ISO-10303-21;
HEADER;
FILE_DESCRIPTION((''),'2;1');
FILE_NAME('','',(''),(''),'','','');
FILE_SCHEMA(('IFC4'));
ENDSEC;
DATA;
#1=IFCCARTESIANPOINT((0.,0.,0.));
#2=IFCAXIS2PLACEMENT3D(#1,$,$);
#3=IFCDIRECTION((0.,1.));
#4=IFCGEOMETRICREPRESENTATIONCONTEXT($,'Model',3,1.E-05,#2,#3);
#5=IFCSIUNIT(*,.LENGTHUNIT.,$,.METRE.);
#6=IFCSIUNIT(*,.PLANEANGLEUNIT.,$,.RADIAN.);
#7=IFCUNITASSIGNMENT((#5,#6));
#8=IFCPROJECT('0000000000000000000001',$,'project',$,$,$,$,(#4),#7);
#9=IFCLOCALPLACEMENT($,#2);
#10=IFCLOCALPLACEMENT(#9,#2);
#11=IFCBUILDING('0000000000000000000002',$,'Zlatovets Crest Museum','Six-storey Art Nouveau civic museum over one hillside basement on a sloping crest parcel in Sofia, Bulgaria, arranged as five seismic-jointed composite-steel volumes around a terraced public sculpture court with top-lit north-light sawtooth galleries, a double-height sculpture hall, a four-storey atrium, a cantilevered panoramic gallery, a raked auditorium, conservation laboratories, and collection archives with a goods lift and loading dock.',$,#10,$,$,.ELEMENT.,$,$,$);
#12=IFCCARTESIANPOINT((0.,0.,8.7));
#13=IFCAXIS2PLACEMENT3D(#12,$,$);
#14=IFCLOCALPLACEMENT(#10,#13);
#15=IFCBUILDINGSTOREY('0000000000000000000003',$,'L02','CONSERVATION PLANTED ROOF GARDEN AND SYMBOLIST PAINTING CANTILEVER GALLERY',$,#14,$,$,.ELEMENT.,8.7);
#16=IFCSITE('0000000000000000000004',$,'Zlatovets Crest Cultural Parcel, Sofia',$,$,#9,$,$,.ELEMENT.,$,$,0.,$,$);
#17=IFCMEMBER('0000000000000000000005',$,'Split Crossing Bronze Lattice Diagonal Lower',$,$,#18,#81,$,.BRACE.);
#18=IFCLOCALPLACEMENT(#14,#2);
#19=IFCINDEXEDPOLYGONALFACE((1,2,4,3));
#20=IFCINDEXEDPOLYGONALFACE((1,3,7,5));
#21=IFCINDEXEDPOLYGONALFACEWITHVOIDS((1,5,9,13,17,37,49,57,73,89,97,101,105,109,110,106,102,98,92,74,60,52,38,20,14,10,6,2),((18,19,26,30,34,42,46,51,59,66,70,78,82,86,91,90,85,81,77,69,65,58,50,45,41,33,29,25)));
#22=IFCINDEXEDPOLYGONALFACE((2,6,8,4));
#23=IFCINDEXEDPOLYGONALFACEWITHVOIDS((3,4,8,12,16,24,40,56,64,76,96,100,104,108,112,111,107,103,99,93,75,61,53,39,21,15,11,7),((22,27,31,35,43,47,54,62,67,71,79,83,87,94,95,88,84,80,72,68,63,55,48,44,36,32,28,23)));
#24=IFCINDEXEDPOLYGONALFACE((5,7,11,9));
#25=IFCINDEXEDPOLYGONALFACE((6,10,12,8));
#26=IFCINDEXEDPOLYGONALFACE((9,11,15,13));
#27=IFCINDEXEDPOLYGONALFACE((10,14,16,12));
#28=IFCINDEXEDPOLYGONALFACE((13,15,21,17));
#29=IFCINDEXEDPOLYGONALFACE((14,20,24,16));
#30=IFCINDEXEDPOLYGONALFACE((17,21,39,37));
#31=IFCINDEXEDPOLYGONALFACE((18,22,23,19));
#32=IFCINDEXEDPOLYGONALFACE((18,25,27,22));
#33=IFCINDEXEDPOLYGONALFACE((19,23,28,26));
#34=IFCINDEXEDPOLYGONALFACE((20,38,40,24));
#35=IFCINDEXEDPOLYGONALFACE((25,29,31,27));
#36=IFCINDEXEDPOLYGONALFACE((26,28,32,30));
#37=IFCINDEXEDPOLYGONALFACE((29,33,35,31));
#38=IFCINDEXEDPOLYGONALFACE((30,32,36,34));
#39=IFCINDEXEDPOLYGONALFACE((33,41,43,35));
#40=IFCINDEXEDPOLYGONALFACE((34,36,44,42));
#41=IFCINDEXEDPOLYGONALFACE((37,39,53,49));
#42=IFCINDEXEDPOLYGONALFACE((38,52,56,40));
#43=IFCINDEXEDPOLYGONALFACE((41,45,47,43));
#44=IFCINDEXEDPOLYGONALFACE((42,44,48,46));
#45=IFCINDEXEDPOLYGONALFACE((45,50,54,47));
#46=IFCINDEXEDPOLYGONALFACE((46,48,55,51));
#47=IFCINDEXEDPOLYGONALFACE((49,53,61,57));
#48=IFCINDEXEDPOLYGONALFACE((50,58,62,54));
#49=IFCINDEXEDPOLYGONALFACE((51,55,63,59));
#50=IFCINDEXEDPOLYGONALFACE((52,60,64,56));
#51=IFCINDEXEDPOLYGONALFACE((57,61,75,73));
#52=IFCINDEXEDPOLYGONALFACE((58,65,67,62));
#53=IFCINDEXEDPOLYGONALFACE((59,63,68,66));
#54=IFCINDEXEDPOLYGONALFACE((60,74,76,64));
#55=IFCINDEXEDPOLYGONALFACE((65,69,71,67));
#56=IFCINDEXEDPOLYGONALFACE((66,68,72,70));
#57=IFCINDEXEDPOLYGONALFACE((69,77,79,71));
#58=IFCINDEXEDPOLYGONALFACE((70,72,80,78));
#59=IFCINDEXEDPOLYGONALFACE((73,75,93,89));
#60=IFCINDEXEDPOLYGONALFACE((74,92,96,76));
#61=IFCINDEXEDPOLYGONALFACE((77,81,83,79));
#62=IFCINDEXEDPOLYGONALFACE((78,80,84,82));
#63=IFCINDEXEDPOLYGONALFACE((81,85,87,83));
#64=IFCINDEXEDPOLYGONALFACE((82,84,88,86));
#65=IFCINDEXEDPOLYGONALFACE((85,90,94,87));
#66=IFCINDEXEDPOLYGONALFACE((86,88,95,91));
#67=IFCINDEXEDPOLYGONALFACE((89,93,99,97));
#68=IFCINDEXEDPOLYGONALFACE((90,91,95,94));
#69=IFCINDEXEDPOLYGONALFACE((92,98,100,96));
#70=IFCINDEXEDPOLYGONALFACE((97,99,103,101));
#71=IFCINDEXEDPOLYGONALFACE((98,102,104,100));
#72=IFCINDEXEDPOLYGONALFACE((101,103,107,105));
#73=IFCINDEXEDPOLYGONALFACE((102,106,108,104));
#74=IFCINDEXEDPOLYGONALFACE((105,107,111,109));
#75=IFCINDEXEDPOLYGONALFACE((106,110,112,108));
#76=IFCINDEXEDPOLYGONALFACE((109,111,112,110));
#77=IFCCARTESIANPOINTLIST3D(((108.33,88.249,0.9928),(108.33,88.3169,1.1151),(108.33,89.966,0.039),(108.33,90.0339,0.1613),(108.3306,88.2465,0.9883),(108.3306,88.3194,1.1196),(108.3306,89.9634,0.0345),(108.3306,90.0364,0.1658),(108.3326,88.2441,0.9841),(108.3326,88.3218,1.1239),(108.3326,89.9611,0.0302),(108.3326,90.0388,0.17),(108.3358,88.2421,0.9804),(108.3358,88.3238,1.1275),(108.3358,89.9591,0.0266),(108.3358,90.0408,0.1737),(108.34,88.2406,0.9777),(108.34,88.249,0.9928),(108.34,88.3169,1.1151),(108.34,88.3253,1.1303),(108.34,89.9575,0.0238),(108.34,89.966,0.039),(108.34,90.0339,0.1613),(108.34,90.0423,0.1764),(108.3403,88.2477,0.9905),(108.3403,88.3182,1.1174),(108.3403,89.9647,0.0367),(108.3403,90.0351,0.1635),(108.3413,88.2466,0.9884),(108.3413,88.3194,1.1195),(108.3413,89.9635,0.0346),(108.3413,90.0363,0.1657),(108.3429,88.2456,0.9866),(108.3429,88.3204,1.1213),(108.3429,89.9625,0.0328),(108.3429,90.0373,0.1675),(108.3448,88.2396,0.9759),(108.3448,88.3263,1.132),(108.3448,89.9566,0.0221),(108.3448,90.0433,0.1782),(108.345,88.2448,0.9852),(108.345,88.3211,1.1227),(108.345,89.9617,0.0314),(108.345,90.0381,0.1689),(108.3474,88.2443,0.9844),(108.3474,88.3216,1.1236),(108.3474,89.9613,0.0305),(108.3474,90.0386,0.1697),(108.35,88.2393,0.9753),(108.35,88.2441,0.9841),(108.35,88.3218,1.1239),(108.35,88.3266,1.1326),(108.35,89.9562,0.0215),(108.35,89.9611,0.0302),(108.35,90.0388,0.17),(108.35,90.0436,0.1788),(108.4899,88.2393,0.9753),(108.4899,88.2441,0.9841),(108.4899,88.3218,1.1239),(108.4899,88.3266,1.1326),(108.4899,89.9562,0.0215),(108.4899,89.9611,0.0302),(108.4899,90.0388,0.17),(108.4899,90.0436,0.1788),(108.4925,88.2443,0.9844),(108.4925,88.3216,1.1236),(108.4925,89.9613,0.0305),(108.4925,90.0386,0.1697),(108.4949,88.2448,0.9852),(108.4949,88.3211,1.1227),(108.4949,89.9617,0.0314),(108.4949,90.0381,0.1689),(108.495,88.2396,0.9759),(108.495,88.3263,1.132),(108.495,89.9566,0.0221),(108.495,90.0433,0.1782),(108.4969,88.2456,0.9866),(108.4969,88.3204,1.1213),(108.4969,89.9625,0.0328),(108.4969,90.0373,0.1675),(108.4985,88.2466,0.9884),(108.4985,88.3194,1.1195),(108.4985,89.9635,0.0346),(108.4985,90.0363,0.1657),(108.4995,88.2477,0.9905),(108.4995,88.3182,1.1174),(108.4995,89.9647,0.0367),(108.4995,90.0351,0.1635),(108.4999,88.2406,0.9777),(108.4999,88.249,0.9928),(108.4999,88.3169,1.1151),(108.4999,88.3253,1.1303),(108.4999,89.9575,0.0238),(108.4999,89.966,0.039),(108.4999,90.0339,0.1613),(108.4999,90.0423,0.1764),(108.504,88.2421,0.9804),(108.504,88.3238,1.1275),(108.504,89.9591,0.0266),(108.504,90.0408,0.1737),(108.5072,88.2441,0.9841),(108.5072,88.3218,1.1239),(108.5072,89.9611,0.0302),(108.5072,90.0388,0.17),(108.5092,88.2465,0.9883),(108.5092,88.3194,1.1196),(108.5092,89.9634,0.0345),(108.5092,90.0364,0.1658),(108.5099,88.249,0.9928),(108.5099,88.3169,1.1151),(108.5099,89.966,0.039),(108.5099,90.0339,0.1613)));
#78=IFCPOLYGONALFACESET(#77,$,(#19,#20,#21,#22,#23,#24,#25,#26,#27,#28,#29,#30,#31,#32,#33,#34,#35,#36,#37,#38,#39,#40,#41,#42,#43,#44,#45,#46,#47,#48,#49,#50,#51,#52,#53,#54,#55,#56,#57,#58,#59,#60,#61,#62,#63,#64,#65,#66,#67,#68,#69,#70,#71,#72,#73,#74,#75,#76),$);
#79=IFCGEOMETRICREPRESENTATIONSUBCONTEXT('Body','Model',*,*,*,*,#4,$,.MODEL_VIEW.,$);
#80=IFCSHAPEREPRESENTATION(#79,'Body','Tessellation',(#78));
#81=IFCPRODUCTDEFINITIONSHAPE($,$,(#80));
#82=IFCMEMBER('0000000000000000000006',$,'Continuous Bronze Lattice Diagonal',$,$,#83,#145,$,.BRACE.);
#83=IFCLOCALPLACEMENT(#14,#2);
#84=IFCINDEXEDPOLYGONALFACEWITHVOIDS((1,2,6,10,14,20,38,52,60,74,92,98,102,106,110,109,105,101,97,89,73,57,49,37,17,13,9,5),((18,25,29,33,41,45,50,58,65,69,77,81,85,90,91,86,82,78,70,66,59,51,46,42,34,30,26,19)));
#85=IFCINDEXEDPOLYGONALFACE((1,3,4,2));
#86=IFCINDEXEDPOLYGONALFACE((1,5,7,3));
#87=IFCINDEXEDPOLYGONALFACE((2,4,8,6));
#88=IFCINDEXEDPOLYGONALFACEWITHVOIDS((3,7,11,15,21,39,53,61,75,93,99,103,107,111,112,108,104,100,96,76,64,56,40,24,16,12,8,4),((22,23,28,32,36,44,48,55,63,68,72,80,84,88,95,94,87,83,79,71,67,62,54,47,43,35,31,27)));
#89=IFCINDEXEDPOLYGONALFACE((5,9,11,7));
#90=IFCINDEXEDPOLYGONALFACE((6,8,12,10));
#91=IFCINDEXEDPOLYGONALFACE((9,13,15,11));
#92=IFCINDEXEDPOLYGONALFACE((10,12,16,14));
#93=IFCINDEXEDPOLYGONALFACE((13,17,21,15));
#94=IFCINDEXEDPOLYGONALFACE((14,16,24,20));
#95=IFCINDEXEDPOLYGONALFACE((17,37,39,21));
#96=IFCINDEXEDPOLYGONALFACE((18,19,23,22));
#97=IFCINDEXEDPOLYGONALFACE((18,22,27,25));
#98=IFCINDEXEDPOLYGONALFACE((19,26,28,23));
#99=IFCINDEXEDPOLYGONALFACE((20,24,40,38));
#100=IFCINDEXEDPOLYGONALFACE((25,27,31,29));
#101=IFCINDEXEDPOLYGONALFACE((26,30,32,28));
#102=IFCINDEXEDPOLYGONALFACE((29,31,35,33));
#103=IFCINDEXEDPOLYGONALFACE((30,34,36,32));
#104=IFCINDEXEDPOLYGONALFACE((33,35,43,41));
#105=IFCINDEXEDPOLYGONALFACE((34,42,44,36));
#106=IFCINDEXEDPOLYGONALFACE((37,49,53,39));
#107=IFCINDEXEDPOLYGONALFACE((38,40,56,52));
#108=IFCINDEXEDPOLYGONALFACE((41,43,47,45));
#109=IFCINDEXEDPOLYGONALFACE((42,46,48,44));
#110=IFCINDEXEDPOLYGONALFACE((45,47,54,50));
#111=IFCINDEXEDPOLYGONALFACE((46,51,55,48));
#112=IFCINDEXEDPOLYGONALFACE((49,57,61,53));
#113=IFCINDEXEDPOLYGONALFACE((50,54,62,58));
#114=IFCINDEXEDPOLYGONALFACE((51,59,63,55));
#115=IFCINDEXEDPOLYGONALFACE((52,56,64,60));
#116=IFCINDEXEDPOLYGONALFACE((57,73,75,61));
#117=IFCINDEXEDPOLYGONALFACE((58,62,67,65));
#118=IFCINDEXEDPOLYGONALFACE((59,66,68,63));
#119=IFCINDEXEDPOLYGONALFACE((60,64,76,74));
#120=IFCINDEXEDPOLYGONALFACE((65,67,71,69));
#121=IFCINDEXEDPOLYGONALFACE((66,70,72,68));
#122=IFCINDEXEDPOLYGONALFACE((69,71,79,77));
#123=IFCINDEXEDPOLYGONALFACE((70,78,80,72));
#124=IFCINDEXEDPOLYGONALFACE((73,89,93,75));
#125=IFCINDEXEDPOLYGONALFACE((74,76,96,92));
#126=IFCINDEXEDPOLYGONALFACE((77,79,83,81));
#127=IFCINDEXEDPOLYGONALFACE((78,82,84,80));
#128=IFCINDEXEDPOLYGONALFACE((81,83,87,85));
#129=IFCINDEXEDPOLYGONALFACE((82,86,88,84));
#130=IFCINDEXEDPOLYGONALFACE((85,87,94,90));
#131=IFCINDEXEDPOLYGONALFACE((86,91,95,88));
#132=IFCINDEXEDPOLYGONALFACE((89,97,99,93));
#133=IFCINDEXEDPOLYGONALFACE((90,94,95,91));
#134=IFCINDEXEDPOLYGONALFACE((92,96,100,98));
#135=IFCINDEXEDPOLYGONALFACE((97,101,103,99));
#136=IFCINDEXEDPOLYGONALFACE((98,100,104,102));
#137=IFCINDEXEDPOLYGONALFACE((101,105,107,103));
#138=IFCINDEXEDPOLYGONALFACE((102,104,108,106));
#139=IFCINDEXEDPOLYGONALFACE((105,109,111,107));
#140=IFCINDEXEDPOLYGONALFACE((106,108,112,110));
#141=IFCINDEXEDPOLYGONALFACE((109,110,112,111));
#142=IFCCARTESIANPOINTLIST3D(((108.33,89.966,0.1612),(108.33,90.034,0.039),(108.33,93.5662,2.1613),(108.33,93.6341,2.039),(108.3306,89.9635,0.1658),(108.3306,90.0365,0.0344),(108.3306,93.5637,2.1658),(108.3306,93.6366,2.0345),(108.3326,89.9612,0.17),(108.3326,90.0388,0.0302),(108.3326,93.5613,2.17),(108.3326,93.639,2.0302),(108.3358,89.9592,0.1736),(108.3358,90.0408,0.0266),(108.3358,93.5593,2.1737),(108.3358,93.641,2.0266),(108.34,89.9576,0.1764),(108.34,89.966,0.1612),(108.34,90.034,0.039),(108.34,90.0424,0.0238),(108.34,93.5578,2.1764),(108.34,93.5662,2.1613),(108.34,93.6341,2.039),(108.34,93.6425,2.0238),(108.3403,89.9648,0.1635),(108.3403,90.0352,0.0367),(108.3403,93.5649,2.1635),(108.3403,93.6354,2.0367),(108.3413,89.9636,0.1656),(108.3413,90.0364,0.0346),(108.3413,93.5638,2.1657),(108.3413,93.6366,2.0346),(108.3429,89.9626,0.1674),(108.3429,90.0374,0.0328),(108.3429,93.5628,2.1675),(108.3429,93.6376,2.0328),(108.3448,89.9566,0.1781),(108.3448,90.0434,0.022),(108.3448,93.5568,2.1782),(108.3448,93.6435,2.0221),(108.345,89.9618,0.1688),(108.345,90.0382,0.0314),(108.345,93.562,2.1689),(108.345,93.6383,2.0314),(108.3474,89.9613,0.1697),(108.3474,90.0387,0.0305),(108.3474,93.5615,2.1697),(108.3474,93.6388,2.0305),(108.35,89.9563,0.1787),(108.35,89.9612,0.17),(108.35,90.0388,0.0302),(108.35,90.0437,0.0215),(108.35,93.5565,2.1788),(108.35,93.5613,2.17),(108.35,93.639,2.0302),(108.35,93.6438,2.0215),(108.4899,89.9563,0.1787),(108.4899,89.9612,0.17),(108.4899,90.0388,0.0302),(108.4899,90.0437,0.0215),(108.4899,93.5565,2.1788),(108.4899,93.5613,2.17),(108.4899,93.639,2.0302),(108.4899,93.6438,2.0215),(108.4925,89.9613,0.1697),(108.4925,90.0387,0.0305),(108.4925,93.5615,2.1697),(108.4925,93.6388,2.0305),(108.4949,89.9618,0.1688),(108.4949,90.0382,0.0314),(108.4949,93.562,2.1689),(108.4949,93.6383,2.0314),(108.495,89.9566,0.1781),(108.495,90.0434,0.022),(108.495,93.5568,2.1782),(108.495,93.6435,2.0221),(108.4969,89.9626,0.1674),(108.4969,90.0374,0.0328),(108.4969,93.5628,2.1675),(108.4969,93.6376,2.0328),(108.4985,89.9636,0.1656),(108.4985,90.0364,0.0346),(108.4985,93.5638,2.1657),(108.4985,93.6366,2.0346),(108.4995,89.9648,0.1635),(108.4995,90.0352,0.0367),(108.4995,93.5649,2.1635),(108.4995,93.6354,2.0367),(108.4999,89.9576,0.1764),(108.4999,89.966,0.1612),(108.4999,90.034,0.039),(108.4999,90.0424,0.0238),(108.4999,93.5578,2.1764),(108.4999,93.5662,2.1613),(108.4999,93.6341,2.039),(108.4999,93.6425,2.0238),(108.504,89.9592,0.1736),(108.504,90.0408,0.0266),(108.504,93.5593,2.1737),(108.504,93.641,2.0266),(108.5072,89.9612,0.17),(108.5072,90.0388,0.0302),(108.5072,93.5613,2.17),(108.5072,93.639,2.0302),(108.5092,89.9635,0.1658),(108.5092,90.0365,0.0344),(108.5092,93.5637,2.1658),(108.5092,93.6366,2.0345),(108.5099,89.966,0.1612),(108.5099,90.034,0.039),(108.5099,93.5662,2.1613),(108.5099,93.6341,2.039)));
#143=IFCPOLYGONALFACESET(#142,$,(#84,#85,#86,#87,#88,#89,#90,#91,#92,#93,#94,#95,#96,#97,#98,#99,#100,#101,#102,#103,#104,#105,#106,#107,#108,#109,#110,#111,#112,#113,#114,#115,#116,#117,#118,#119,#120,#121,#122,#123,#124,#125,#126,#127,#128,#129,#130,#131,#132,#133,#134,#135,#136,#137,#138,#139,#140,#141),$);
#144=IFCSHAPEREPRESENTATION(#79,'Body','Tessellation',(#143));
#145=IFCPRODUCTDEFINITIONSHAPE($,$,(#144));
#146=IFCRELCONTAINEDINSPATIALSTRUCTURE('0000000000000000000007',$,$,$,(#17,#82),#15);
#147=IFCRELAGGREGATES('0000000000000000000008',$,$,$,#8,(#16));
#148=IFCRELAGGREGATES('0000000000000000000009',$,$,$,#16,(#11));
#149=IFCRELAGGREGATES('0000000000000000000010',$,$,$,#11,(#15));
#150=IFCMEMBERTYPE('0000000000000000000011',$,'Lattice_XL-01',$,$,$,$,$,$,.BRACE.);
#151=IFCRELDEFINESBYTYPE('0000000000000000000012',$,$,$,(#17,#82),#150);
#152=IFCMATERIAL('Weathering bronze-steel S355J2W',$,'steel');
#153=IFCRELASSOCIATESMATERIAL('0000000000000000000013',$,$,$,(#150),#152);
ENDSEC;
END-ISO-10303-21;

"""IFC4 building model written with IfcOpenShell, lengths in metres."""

from ifc_helpers import new_model, si_unit, direction, frame, origin, origin_2d, place, context, subcontext, project, spatial, hollow_rectangle, extrude, material, material_profile, profile_set, type_object, element, save


model = new_model("IFC4")

# Units and contexts
model_context = context("Model", 3, precision=1e-05, world=origin(), true_north=direction((0.0, 1.0)))
body_context = subcontext(model_context, "Body", "Model", "MODEL_VIEW")
ifc_project = project(units=[si_unit("LENGTHUNIT", "METRE"), si_unit("PLANEANGLEUNIT", "RADIAN")], contexts=[model_context])

# Site, building, storey
site_placement = place(None, origin())
site = spatial("IfcSite", under=ifc_project, at=site_placement, Name="Zlatovets Crest Cultural Parcel, Sofia", CompositionType="ELEMENT", RefElevation=0.0)
building_placement = place(site_placement, origin())
building = spatial("IfcBuilding", under=site, at=building_placement, Name="Zlatovets Crest Museum", Description="Six-storey Art Nouveau civic museum over one hillside basement on a sloping crest parcel in Sofia, Bulgaria, arranged as five seismic-jointed composite-steel volumes around a terraced public sculpture court with top-lit north-light sawtooth galleries, a double-height sculpture hall, a four-storey atrium, a cantilevered panoramic gallery, a raked auditorium, conservation laboratories, and collection archives with a goods lift and loading dock.", CompositionType="ELEMENT")
storey_placement = place(building_placement, frame((0.0, 0.0, 8.7)))
storey = spatial("IfcBuildingStorey", under=building, at=storey_placement, Name="L02", Description="CONSERVATION PLANTED ROOF GARDEN AND SYMBOLIST PAINTING CANTILEVER GALLERY", CompositionType="ELEMENT", Elevation=8.7)

# Members
ifc_material_1 = material(Name="Weathering bronze-steel S355J2W", Category="steel")
ifc_material_profile_1 = material_profile(ifc_material_1, hollow_rectangle(XDim=0.1799, YDim=0.1799, WallThickness=0.01, InnerFilletRadius=0.01, OuterFilletRadius=0.02, at=origin_2d()), Name="SHS 180x180x10.0")
ifc_profile_set_1 = profile_set([ifc_material_profile_1], Name="Weathering bronze-steel S355J2W")
member_type_1 = type_object("IfcMemberType", Name="Lattice_XL-01", PredefinedType="BRACE", material=ifc_profile_set_1)
for number, where, z_axis, x_axis, name in (
    (1, (108.4199, 88.283, 1.054), (0.0, 0.874169, -0.485622), (-1.0, 0.0, 0.0), "Split Crossing Bronze Lattice Diagonal Lower"),
):
    element("IfcMember", number, at=place(storey_placement, frame(where, z_axis=z_axis, x_axis=x_axis)), inside=storey, type_object=member_type_1, Name=name, PredefinedType="BRACE", context=body_context, shape_type="SweptSolid", body=[
        extrude(hollow_rectangle(XDim=0.1799, YDim=0.1799, WallThickness=0.01, InnerFilletRadius=0.01, OuterFilletRadius=0.02, at=origin_2d()), origin(), (0.0, 0.0, 1.0), 1.9641),
    ])
member_1_placement = place(storey_placement, frame((108.4199, 90.0, 0.1001), z_axis=(0.0, 0.874163, 0.485633), x_axis=(-1.0, 0.0, 0.0)))
element("IfcMember", 2, at=member_1_placement, inside=storey, type_object=member_type_1, Name="Continuous Bronze Lattice Diagonal", PredefinedType="BRACE", context=body_context, shape_type="SweptSolid", body=[
    extrude(hollow_rectangle(XDim=0.1799, YDim=0.1799, WallThickness=0.01, InnerFilletRadius=0.01, OuterFilletRadius=0.02, at=origin_2d()), origin(), (0.0, 0.0, 1.0), 4.1184),
])

save(model, "model.ifc")
